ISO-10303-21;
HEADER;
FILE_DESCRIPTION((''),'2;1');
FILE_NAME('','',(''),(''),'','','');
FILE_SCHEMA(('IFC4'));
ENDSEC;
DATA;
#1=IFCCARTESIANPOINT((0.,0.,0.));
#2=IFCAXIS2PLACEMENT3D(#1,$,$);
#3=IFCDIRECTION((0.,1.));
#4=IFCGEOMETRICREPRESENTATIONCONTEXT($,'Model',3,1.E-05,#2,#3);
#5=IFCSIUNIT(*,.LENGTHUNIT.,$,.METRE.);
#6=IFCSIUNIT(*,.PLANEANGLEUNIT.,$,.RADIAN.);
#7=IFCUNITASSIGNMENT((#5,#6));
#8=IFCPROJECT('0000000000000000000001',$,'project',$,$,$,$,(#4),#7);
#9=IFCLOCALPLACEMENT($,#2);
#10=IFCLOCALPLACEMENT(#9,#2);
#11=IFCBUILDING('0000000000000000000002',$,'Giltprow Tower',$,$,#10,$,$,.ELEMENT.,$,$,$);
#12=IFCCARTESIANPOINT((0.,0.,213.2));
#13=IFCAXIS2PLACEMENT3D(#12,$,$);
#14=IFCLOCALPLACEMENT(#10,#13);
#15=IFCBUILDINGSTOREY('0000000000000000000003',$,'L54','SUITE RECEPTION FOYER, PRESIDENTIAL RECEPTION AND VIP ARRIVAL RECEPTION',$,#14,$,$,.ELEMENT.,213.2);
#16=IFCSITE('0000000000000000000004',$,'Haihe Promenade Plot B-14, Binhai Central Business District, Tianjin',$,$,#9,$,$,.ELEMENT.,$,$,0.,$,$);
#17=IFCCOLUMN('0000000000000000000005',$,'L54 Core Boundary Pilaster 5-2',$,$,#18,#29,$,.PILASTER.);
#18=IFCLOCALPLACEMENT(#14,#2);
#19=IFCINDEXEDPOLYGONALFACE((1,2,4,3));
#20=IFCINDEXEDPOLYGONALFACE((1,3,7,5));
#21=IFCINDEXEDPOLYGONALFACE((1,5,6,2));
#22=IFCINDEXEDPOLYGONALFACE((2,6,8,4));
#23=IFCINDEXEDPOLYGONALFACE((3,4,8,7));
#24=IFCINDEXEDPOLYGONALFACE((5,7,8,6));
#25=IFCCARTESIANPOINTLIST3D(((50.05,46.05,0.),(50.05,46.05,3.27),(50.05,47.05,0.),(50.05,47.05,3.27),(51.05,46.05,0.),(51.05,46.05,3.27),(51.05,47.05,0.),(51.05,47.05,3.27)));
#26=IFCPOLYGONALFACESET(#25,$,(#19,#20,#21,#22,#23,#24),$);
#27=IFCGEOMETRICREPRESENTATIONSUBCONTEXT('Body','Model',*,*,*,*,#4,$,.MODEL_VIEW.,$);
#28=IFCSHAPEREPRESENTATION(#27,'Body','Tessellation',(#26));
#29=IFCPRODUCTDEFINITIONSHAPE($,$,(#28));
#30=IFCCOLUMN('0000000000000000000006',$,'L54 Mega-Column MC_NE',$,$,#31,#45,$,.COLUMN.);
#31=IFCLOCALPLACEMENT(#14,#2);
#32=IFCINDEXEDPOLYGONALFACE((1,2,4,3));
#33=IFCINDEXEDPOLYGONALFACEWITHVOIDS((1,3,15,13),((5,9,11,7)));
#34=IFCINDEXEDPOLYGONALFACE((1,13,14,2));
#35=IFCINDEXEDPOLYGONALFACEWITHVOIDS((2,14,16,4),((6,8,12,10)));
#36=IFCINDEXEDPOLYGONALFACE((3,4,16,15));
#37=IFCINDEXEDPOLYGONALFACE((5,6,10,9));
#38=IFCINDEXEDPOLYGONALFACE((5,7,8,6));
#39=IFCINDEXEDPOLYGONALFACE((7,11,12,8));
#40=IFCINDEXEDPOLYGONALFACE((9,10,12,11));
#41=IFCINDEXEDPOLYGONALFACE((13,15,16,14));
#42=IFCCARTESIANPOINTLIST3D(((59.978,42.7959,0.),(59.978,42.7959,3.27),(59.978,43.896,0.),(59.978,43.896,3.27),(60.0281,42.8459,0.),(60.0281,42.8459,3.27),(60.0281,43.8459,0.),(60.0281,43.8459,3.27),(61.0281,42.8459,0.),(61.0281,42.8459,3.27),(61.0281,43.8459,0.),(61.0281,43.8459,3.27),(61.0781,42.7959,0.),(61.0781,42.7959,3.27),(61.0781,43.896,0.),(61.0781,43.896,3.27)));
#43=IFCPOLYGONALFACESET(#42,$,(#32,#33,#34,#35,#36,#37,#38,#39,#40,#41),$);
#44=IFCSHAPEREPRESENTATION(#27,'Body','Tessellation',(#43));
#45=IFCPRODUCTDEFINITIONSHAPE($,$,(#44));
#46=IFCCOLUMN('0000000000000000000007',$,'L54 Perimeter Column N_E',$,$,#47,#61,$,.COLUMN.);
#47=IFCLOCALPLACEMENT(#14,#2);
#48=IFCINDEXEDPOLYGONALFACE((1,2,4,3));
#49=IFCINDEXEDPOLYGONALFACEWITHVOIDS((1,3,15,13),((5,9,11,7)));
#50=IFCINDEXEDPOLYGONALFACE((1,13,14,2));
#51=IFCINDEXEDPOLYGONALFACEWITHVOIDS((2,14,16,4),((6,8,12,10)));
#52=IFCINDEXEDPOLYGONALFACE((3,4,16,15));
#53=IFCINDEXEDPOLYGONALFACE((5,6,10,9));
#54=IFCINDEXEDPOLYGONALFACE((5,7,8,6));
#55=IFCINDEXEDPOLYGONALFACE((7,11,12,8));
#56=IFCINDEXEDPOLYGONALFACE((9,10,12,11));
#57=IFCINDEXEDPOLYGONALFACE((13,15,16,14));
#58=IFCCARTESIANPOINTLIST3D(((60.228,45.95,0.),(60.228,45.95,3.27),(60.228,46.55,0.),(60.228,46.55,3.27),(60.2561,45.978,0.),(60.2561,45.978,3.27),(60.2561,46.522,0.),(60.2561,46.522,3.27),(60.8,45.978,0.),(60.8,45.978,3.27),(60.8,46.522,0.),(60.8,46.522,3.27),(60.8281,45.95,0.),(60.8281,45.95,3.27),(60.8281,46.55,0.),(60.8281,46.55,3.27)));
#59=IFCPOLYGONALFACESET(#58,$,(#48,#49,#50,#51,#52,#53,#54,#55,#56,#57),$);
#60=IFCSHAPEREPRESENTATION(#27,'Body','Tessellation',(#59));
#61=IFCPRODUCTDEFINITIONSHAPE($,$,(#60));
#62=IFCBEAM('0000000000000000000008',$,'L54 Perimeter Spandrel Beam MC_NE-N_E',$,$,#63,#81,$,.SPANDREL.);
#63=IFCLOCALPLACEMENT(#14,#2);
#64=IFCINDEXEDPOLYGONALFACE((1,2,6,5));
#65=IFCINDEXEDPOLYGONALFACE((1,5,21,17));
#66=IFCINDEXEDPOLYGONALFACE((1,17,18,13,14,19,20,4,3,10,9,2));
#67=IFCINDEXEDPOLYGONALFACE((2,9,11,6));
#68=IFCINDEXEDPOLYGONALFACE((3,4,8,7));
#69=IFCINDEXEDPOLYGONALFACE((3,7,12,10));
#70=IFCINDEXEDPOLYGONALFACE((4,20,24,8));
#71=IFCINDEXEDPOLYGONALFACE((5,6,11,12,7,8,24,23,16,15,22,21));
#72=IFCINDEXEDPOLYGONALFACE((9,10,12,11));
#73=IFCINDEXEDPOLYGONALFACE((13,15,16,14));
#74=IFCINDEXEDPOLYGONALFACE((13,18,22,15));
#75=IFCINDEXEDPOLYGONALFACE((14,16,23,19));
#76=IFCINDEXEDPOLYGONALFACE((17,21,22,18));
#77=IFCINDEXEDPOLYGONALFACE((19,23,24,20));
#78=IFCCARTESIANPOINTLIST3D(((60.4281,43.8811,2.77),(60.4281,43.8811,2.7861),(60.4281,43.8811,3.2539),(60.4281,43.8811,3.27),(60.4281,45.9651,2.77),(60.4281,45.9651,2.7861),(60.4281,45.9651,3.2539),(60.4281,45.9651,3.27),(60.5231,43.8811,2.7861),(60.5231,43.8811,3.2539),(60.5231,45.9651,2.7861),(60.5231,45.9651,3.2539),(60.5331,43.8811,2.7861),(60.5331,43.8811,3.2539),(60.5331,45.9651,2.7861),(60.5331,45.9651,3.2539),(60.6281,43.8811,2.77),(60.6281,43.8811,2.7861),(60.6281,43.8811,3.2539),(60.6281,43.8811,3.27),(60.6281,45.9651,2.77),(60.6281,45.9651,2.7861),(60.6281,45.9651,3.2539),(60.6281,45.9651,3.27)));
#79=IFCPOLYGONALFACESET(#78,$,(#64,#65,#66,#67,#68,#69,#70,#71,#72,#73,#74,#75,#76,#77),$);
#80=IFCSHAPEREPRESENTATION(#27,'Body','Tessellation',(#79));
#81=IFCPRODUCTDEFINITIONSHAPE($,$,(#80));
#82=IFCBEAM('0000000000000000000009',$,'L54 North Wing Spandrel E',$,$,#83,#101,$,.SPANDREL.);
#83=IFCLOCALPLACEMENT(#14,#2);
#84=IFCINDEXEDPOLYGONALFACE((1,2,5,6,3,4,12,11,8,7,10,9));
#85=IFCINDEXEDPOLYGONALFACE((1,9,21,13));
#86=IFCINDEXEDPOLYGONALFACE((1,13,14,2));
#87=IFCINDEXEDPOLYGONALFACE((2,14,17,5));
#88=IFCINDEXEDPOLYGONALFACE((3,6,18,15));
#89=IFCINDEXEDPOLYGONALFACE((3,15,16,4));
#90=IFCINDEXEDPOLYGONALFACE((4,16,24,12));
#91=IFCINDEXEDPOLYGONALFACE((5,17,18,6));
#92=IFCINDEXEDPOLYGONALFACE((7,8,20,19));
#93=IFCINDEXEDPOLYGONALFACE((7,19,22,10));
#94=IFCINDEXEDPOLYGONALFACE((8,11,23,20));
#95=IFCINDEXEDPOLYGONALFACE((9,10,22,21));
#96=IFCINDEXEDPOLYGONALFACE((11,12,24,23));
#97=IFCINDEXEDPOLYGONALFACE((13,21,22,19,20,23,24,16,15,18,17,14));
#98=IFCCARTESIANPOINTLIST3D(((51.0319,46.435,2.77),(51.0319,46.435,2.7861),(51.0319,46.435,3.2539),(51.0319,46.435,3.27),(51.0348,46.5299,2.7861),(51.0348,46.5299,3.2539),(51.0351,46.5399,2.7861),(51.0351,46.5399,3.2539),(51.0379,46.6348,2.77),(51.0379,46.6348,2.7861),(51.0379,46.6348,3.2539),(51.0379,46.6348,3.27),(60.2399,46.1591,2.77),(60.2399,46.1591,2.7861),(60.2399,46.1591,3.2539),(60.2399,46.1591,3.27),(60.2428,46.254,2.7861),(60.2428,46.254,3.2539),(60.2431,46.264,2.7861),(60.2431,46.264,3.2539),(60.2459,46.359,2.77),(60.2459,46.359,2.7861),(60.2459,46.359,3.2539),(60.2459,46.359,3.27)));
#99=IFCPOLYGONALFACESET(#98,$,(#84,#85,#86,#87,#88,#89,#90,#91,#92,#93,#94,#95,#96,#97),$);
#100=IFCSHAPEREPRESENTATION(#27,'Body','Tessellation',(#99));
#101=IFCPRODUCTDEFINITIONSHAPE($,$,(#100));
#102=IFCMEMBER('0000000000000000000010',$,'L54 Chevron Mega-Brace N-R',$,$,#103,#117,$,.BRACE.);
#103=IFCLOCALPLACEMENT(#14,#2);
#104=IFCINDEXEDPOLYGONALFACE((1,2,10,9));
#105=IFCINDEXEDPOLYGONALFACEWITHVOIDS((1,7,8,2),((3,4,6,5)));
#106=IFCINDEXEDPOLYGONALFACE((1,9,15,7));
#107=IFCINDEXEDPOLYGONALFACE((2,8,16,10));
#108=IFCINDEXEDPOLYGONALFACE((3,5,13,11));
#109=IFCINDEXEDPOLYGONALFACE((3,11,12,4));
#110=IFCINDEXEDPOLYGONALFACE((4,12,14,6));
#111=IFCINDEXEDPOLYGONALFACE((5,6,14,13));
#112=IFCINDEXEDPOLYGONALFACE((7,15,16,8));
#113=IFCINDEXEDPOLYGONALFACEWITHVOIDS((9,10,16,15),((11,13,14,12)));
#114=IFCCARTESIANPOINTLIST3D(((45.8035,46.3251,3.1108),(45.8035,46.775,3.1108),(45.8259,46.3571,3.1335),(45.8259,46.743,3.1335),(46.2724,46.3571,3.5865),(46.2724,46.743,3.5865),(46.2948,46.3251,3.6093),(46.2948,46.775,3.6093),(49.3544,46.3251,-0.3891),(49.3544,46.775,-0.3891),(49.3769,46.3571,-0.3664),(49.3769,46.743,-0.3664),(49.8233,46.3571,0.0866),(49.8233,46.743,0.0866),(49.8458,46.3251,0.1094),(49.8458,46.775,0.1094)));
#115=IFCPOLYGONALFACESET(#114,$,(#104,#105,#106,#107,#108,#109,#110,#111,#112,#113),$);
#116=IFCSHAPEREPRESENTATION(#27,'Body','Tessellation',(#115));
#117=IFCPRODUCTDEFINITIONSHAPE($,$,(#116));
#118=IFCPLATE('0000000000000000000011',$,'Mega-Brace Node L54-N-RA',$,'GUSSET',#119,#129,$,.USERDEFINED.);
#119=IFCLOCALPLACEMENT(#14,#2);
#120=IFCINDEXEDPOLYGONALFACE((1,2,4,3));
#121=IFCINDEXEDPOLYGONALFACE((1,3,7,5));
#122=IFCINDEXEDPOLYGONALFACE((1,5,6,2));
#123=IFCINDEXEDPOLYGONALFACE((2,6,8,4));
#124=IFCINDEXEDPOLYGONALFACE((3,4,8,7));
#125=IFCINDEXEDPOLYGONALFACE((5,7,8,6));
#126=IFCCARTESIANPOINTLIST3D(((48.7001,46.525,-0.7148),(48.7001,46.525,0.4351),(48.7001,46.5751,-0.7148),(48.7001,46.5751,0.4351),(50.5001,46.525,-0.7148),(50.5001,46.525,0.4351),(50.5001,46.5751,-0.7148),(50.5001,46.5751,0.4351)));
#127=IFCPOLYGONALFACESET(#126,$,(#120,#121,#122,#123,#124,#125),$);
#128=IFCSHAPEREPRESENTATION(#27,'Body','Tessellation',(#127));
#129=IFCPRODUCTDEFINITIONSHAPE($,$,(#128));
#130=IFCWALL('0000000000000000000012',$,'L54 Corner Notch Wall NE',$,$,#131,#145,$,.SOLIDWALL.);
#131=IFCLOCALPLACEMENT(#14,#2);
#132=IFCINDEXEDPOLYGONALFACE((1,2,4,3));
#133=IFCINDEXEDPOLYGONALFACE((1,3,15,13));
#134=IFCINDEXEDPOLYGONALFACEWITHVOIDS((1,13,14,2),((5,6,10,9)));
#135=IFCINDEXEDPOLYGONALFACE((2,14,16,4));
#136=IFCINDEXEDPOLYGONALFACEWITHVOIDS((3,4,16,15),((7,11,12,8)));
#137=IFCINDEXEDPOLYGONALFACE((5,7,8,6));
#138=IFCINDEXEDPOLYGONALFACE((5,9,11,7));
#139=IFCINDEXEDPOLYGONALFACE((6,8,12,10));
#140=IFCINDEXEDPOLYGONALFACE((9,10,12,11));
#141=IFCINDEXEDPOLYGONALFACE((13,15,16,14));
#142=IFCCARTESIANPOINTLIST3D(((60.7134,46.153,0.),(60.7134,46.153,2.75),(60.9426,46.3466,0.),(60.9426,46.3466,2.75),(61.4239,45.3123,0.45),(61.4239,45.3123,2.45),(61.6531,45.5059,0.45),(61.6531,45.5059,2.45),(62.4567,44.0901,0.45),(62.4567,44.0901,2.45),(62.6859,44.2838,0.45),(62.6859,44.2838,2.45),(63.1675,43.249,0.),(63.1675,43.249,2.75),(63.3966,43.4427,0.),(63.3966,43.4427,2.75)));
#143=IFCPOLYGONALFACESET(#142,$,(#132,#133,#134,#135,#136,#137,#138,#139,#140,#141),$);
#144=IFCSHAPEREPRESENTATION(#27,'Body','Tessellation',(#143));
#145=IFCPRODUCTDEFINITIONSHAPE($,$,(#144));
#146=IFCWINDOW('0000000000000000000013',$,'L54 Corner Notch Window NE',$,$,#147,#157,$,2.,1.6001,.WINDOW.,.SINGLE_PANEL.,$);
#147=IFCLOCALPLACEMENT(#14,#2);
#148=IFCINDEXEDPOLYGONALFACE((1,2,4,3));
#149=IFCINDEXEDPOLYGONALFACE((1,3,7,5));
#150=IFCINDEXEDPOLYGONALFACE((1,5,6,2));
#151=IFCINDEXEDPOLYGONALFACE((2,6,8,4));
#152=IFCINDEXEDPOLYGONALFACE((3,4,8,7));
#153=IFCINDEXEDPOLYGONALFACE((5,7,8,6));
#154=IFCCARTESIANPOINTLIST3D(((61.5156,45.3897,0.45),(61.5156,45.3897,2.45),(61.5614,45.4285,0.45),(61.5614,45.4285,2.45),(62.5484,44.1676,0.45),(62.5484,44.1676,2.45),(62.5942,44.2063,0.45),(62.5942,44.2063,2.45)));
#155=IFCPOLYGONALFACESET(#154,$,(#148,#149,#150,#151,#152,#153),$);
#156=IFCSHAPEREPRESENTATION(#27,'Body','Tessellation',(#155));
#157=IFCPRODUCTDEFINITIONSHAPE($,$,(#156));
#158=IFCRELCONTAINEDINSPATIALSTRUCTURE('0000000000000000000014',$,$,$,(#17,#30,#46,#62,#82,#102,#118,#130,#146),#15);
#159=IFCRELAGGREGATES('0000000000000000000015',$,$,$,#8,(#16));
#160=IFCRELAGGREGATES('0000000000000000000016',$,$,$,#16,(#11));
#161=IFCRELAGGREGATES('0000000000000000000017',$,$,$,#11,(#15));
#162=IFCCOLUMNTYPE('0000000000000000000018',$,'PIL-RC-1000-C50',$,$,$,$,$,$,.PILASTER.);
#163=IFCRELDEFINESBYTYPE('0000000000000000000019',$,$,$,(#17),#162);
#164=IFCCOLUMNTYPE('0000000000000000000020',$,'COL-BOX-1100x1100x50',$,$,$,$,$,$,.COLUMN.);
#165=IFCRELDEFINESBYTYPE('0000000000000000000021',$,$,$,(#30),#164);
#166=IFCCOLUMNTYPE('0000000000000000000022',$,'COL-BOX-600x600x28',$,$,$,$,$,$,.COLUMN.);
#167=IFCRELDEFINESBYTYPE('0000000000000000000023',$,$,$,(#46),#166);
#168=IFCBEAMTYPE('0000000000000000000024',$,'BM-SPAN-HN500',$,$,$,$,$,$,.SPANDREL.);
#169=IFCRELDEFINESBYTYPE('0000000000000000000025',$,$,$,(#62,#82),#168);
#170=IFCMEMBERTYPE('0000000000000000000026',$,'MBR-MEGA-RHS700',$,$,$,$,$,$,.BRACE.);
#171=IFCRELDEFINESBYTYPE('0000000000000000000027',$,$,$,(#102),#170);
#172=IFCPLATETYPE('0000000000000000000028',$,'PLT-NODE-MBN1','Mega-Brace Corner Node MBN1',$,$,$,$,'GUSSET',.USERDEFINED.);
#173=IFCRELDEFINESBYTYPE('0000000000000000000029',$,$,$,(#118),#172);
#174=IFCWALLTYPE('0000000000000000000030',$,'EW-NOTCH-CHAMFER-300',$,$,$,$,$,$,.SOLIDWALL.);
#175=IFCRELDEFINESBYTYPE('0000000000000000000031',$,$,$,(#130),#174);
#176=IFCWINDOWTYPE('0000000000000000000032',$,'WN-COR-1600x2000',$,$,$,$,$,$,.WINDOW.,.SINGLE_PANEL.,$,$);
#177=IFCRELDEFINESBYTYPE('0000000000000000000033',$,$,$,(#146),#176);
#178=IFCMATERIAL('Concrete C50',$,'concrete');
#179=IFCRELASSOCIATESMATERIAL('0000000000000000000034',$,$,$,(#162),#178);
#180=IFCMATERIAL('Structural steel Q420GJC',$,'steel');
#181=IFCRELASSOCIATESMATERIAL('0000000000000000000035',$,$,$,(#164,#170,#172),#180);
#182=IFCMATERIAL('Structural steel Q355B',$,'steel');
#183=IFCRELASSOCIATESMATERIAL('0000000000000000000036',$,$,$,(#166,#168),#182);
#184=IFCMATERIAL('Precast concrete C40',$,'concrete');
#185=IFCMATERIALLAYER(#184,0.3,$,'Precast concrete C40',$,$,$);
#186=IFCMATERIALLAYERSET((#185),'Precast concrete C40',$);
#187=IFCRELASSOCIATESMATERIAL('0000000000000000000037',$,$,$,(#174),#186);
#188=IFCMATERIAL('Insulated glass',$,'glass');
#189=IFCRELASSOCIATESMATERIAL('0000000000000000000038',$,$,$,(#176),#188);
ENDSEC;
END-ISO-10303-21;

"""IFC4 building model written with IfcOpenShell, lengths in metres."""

from ifc_helpers import new_model, si_unit, direction, frame, frame_2d, origin, origin_2d, place, context, subcontext, project, spatial, rectangle, hollow_rectangle, i_section, extrude, source, transform, mapped, material, layer, layer_set, material_profile, profile_set, type_object, element, fill, save


model = new_model("IFC4")

# Units and contexts
model_context = context("Model", 3, precision=1e-05, world=origin(), true_north=direction((0.0, 1.0)))
body_context = subcontext(model_context, "Body", "Model", "MODEL_VIEW")
ifc_project = project(units=[si_unit("LENGTHUNIT", "METRE"), si_unit("PLANEANGLEUNIT", "RADIAN")], contexts=[model_context])

# Site, building, storey
site_placement = place(None, origin())
site = spatial("IfcSite", under=ifc_project, at=site_placement, Name="Haihe Promenade Plot B-14, Binhai Central Business District, Tianjin", CompositionType="ELEMENT", RefElevation=0.0)
building_placement = place(site_placement, origin())
building = spatial("IfcBuilding", under=site, at=building_placement, Name="Giltprow Tower", CompositionType="ELEMENT")
storey_placement = place(building_placement, frame((0.0, 0.0, 213.2)))
storey = spatial("IfcBuildingStorey", under=building, at=storey_placement, Name="L54", Description="SUITE RECEPTION FOYER, PRESIDENTIAL RECEPTION AND VIP ARRIVAL RECEPTION", CompositionType="ELEMENT", Elevation=213.2)

# Columns
ifc_material_1 = material(Name="Concrete C50", Category="concrete")
ifc_material_profile_1 = material_profile(ifc_material_1, rectangle(XDim=1.0, YDim=1.0, at=origin_2d()), Name="RC 1000x1000")
ifc_profile_set_1 = profile_set([ifc_material_profile_1], Name="Concrete C50")
column_type_1 = type_object("IfcColumnType", Name="PIL-RC-1000-C50", PredefinedType="PILASTER", material=ifc_profile_set_1)
shared_shape_1 = source(origin(), body_context, "Body", "SweptSolid", [
    extrude(rectangle(XDim=1.0, YDim=1.0, at=origin_2d()), origin(), (0.0, 0.0, 1.0), 3.27),
])
column_1_placement = place(storey_placement, frame((50.55, 46.55, 0.0), z_axis=(0.0, 0.0, 1.0), x_axis=(1.0, 0.0, 0.0)))
element("IfcColumn", 1, at=column_1_placement, inside=storey, type_object=column_type_1, Name="L54 Core Boundary Pilaster 5-2", PredefinedType="PILASTER", context=body_context, shape_type="MappedRepresentation", body=[
    mapped(shared_shape_1, transform((0.0, 0.0, 0.0), x_axis=(1.0, 0.0, 0.0), y_axis=(0.0, 1.0, 0.0), z_axis=(0.0, 0.0, 1.0), scale=1.0)),
])
ifc_material_2 = material(Name="Structural steel Q420GJC", Category="steel")
ifc_material_profile_2 = material_profile(ifc_material_2, hollow_rectangle(XDim=1.1001, YDim=1.1001, WallThickness=0.05, at=origin_2d()), Name="BOX 1100x1100x50")
ifc_profile_set_2 = profile_set([ifc_material_profile_2], Name="Structural steel Q420GJC")
column_type_2 = type_object("IfcColumnType", Name="COL-BOX-1100x1100x50", PredefinedType="COLUMN", material=ifc_profile_set_2)
shared_shape_2 = source(origin(), body_context, "Body", "SweptSolid", [
    extrude(hollow_rectangle(XDim=1.1001, YDim=1.1001, WallThickness=0.05, at=origin_2d()), origin(), (0.0, 0.0, 1.0), 3.27),
])
column_2_placement = place(storey_placement, frame((60.5281, 43.3459, 0.0), z_axis=(0.0, 0.0, 1.0), x_axis=(1.0, 0.0, 0.0)))
element("IfcColumn", 2, at=column_2_placement, inside=storey, type_object=column_type_2, Name="L54 Mega-Column MC_NE", PredefinedType="COLUMN", context=body_context, shape_type="MappedRepresentation", body=[
    mapped(shared_shape_2, transform((0.0, 0.0, 0.0), x_axis=(1.0, 0.0, 0.0), y_axis=(0.0, 1.0, 0.0), z_axis=(0.0, 0.0, 1.0), scale=1.0)),
])
ifc_material_3 = material(Name="Structural steel Q355B", Category="steel")
ifc_material_profile_3 = material_profile(ifc_material_3, hollow_rectangle(XDim=0.6001, YDim=0.6001, WallThickness=0.0281, at=origin_2d()), Name="BOX 600x600x28")
ifc_profile_set_3 = profile_set([ifc_material_profile_3], Name="Structural steel Q355B")
column_type_3 = type_object("IfcColumnType", Name="COL-BOX-600x600x28", PredefinedType="COLUMN", material=ifc_profile_set_3)
shared_shape_3 = source(origin(), body_context, "Body", "SweptSolid", [
    extrude(hollow_rectangle(XDim=0.6001, YDim=0.6001, WallThickness=0.0281, at=origin_2d()), origin(), (0.0, 0.0, 1.0), 3.27),
])
column_3_placement = place(storey_placement, frame((60.5281, 46.25, 0.0), z_axis=(0.0, 0.0, 1.0), x_axis=(1.0, 0.0, 0.0)))
element("IfcColumn", 3, at=column_3_placement, inside=storey, type_object=column_type_3, Name="L54 Perimeter Column N_E", PredefinedType="COLUMN", context=body_context, shape_type="MappedRepresentation", body=[
    mapped(shared_shape_3, transform((0.0, 0.0, 0.0), x_axis=(1.0, 0.0, 0.0), y_axis=(0.0, 1.0, 0.0), z_axis=(0.0, 0.0, 1.0), scale=1.0)),
])

# Beams
ifc_material_profile_4 = material_profile(ifc_material_3, i_section(OverallWidth=0.2, OverallDepth=0.5, WebThickness=0.01, FlangeThickness=0.0161, at=origin_2d()), Name="HN 500x200x10x16")
ifc_profile_set_4 = profile_set([ifc_material_profile_4], Name="Structural steel Q355B")
beam_type = type_object("IfcBeamType", Name="BM-SPAN-HN500", PredefinedType="SPANDREL", material=ifc_profile_set_4)
shared_shape_4 = source(origin(), body_context, "Body", "SweptSolid", [
    extrude(i_section(OverallWidth=0.2, OverallDepth=0.5, WebThickness=0.01, FlangeThickness=0.0161, at=origin_2d()), origin(), (0.0, 0.0, 1.0), 2.084),
])
beam_1_placement = place(storey_placement, frame((60.5281, 43.8811, 3.02), z_axis=(0.0, 1.0, 0.0), x_axis=(-1.0, 0.0, 0.0)))
element("IfcBeam", 4, at=beam_1_placement, inside=storey, type_object=beam_type, Name="L54 Perimeter Spandrel Beam MC_NE-N_E", PredefinedType="SPANDREL", context=body_context, shape_type="MappedRepresentation", body=[
    mapped(shared_shape_4, transform((0.0, 0.0, 0.0), x_axis=(1.0, 0.0, 0.0), y_axis=(0.0, 1.0, 0.0), z_axis=(0.0, 0.0, 1.0), scale=1.0)),
])
shared_shape_5 = source(origin(), body_context, "Body", "SweptSolid", [
    extrude(i_section(OverallWidth=0.2, OverallDepth=0.5, WebThickness=0.01, FlangeThickness=0.0161, at=origin_2d()), origin(), (0.0, 0.0, 1.0), 9.2122),
])
beam_2_placement = place(storey_placement, frame((51.0349, 46.5349, 3.02), z_axis=(0.999551, -0.029947, 0.0), x_axis=(0.029947, 0.999551, 0.0)))
element("IfcBeam", 5, at=beam_2_placement, inside=storey, type_object=beam_type, Name="L54 North Wing Spandrel E", PredefinedType="SPANDREL", context=body_context, shape_type="MappedRepresentation", body=[
    mapped(shared_shape_5, transform((0.0, 0.0, 0.0), x_axis=(1.0, 0.0, 0.0), y_axis=(0.0, 1.0, 0.0), z_axis=(0.0, 0.0, 1.0), scale=1.0)),
])

# Member
ifc_material_profile_5 = material_profile(ifc_material_2, hollow_rectangle(XDim=0.45, YDim=0.7, WallThickness=0.032, at=origin_2d()), Name="RHS 700x450x32")
ifc_profile_set_5 = profile_set([ifc_material_profile_5], Name="Structural steel Q420GJC")
member_type = type_object("IfcMemberType", Name="MBR-MEGA-RHS700", PredefinedType="BRACE", material=ifc_profile_set_5)
shared_shape_6 = source(origin(), body_context, "Body", "SweptSolid", [
    extrude(hollow_rectangle(XDim=0.45, YDim=0.7, WallThickness=0.032, at=origin_2d()), origin(), (0.0, 0.0, 1.0), 4.9858),
])
member_placement = place(storey_placement, frame((49.6001, 46.55, -0.1399), z_axis=(-0.712205, 0.0, 0.701971), x_axis=(0.0, -1.0, 0.0)))
element("IfcMember", 6, at=member_placement, inside=storey, type_object=member_type, Name="L54 Chevron Mega-Brace N-R", PredefinedType="BRACE", context=body_context, shape_type="MappedRepresentation", body=[
    mapped(shared_shape_6, transform((0.0, 0.0, 0.0), x_axis=(1.0, 0.0, 0.0), y_axis=(0.0, 1.0, 0.0), z_axis=(0.0, 0.0, 1.0), scale=1.0)),
])

# Plate
plate_type = type_object("IfcPlateType", Name="PLT-NODE-MBN1", Description="Mega-Brace Corner Node MBN1", ElementType="GUSSET", PredefinedType="USERDEFINED", material=ifc_material_2)
shared_shape_7 = source(origin(), body_context, "Body", "SweptSolid", [
    extrude(rectangle(XDim=1.8, YDim=0.05, at=origin_2d()), origin(), (0.0, 0.0, 1.0), 1.1499),
])
plate_placement = place(storey_placement, frame((49.6001, 46.55, -0.7148), z_axis=(0.0, 0.0, 1.0), x_axis=(1.0, 0.0, 0.0)))
element("IfcPlate", 7, at=plate_placement, inside=storey, type_object=plate_type, Name="Mega-Brace Node L54-N-RA", ObjectType="GUSSET", PredefinedType="USERDEFINED", context=body_context, shape_type="MappedRepresentation", body=[
    mapped(shared_shape_7, transform((0.0, 0.0, 0.0), x_axis=(1.0, 0.0, 0.0), y_axis=(0.0, 1.0, 0.0), z_axis=(0.0, 0.0, 1.0), scale=1.0)),
])

# Wall, opening, window
ifc_material_4 = material(Name="Precast concrete C40", Category="concrete")
ifc_layer_1 = layer(ifc_material_4, 0.3, Name="Precast concrete C40")
ifc_layer_set_1 = layer_set([ifc_layer_1], Name="Precast concrete C40")
wall_type_1 = type_object("IfcWallType", Name="EW-NOTCH-CHAMFER-300", PredefinedType="SOLIDWALL", material=ifc_layer_set_1)
wall_1_placement = place(storey_placement, frame((63.282, 43.3459, 0.0), z_axis=(0.0, 0.0, 1.0), x_axis=(-0.645456, 0.763798, 0.0)))
wall_1 = element("IfcWall", 8, at=wall_1_placement, inside=storey, type_object=wall_type_1, Name="L54 Corner Notch Wall NE", PredefinedType="SOLIDWALL", context=body_context, shape_type="SweptSolid", body=[
    extrude(rectangle(XDim=3.802, YDim=0.3, at=frame_2d((1.9009, 0.0))), origin(), (0.0, 0.0, 1.0), 2.75),
])
opening_1_placement = place(wall_1_placement, frame((1.1011, 0.0, 0.45)))
opening_1 = element("IfcOpeningElement", 9, at=opening_1_placement, cuts=wall_1, PredefinedType="OPENING", context=body_context, shape_type="SweptSolid", body=[
    extrude(rectangle(XDim=1.6001, YDim=2.0, at=frame_2d((0.8, 1.0))), frame((0.0, 0.1599, 0.0), z_axis=(0.0, -1.0, 0.0), x_axis=(1.0, 0.0, 0.0)), (0.0, 0.0, 1.0), 0.3201),
])
ifc_material_5 = material(Name="Insulated glass", Category="glass")
window_type = type_object("IfcWindowType", Name="WN-COR-1600x2000", PartitioningType="SINGLE_PANEL", PredefinedType="WINDOW", material=ifc_material_5)
shared_shape_8 = source(origin(), body_context, "Body", "SweptSolid", [
    extrude(rectangle(XDim=1.6001, YDim=2.0, at=frame_2d((0.8, 1.0))), frame((0.0, 0.03, 0.0), z_axis=(0.0, -1.0, 0.0), x_axis=(1.0, 0.0, 0.0)), (0.0, 0.0, 1.0), 0.0601),
])
window_1_placement = place(opening_1_placement, origin())
window_1 = element("IfcWindow", 10, at=window_1_placement, inside=storey, type_object=window_type, Name="L54 Corner Notch Window NE", OverallHeight=2.0, OverallWidth=1.6001, PartitioningType="SINGLE_PANEL", PredefinedType="WINDOW", context=body_context, shape_type="MappedRepresentation", body=[
    mapped(shared_shape_8, transform((0.0, 0.0, 0.0), x_axis=(1.0, 0.0, 0.0), y_axis=(0.0, 1.0, 0.0), z_axis=(0.0, 0.0, 1.0), scale=1.0)),
])
fill(opening_1, window_1)

save(model, "model.ifc")
